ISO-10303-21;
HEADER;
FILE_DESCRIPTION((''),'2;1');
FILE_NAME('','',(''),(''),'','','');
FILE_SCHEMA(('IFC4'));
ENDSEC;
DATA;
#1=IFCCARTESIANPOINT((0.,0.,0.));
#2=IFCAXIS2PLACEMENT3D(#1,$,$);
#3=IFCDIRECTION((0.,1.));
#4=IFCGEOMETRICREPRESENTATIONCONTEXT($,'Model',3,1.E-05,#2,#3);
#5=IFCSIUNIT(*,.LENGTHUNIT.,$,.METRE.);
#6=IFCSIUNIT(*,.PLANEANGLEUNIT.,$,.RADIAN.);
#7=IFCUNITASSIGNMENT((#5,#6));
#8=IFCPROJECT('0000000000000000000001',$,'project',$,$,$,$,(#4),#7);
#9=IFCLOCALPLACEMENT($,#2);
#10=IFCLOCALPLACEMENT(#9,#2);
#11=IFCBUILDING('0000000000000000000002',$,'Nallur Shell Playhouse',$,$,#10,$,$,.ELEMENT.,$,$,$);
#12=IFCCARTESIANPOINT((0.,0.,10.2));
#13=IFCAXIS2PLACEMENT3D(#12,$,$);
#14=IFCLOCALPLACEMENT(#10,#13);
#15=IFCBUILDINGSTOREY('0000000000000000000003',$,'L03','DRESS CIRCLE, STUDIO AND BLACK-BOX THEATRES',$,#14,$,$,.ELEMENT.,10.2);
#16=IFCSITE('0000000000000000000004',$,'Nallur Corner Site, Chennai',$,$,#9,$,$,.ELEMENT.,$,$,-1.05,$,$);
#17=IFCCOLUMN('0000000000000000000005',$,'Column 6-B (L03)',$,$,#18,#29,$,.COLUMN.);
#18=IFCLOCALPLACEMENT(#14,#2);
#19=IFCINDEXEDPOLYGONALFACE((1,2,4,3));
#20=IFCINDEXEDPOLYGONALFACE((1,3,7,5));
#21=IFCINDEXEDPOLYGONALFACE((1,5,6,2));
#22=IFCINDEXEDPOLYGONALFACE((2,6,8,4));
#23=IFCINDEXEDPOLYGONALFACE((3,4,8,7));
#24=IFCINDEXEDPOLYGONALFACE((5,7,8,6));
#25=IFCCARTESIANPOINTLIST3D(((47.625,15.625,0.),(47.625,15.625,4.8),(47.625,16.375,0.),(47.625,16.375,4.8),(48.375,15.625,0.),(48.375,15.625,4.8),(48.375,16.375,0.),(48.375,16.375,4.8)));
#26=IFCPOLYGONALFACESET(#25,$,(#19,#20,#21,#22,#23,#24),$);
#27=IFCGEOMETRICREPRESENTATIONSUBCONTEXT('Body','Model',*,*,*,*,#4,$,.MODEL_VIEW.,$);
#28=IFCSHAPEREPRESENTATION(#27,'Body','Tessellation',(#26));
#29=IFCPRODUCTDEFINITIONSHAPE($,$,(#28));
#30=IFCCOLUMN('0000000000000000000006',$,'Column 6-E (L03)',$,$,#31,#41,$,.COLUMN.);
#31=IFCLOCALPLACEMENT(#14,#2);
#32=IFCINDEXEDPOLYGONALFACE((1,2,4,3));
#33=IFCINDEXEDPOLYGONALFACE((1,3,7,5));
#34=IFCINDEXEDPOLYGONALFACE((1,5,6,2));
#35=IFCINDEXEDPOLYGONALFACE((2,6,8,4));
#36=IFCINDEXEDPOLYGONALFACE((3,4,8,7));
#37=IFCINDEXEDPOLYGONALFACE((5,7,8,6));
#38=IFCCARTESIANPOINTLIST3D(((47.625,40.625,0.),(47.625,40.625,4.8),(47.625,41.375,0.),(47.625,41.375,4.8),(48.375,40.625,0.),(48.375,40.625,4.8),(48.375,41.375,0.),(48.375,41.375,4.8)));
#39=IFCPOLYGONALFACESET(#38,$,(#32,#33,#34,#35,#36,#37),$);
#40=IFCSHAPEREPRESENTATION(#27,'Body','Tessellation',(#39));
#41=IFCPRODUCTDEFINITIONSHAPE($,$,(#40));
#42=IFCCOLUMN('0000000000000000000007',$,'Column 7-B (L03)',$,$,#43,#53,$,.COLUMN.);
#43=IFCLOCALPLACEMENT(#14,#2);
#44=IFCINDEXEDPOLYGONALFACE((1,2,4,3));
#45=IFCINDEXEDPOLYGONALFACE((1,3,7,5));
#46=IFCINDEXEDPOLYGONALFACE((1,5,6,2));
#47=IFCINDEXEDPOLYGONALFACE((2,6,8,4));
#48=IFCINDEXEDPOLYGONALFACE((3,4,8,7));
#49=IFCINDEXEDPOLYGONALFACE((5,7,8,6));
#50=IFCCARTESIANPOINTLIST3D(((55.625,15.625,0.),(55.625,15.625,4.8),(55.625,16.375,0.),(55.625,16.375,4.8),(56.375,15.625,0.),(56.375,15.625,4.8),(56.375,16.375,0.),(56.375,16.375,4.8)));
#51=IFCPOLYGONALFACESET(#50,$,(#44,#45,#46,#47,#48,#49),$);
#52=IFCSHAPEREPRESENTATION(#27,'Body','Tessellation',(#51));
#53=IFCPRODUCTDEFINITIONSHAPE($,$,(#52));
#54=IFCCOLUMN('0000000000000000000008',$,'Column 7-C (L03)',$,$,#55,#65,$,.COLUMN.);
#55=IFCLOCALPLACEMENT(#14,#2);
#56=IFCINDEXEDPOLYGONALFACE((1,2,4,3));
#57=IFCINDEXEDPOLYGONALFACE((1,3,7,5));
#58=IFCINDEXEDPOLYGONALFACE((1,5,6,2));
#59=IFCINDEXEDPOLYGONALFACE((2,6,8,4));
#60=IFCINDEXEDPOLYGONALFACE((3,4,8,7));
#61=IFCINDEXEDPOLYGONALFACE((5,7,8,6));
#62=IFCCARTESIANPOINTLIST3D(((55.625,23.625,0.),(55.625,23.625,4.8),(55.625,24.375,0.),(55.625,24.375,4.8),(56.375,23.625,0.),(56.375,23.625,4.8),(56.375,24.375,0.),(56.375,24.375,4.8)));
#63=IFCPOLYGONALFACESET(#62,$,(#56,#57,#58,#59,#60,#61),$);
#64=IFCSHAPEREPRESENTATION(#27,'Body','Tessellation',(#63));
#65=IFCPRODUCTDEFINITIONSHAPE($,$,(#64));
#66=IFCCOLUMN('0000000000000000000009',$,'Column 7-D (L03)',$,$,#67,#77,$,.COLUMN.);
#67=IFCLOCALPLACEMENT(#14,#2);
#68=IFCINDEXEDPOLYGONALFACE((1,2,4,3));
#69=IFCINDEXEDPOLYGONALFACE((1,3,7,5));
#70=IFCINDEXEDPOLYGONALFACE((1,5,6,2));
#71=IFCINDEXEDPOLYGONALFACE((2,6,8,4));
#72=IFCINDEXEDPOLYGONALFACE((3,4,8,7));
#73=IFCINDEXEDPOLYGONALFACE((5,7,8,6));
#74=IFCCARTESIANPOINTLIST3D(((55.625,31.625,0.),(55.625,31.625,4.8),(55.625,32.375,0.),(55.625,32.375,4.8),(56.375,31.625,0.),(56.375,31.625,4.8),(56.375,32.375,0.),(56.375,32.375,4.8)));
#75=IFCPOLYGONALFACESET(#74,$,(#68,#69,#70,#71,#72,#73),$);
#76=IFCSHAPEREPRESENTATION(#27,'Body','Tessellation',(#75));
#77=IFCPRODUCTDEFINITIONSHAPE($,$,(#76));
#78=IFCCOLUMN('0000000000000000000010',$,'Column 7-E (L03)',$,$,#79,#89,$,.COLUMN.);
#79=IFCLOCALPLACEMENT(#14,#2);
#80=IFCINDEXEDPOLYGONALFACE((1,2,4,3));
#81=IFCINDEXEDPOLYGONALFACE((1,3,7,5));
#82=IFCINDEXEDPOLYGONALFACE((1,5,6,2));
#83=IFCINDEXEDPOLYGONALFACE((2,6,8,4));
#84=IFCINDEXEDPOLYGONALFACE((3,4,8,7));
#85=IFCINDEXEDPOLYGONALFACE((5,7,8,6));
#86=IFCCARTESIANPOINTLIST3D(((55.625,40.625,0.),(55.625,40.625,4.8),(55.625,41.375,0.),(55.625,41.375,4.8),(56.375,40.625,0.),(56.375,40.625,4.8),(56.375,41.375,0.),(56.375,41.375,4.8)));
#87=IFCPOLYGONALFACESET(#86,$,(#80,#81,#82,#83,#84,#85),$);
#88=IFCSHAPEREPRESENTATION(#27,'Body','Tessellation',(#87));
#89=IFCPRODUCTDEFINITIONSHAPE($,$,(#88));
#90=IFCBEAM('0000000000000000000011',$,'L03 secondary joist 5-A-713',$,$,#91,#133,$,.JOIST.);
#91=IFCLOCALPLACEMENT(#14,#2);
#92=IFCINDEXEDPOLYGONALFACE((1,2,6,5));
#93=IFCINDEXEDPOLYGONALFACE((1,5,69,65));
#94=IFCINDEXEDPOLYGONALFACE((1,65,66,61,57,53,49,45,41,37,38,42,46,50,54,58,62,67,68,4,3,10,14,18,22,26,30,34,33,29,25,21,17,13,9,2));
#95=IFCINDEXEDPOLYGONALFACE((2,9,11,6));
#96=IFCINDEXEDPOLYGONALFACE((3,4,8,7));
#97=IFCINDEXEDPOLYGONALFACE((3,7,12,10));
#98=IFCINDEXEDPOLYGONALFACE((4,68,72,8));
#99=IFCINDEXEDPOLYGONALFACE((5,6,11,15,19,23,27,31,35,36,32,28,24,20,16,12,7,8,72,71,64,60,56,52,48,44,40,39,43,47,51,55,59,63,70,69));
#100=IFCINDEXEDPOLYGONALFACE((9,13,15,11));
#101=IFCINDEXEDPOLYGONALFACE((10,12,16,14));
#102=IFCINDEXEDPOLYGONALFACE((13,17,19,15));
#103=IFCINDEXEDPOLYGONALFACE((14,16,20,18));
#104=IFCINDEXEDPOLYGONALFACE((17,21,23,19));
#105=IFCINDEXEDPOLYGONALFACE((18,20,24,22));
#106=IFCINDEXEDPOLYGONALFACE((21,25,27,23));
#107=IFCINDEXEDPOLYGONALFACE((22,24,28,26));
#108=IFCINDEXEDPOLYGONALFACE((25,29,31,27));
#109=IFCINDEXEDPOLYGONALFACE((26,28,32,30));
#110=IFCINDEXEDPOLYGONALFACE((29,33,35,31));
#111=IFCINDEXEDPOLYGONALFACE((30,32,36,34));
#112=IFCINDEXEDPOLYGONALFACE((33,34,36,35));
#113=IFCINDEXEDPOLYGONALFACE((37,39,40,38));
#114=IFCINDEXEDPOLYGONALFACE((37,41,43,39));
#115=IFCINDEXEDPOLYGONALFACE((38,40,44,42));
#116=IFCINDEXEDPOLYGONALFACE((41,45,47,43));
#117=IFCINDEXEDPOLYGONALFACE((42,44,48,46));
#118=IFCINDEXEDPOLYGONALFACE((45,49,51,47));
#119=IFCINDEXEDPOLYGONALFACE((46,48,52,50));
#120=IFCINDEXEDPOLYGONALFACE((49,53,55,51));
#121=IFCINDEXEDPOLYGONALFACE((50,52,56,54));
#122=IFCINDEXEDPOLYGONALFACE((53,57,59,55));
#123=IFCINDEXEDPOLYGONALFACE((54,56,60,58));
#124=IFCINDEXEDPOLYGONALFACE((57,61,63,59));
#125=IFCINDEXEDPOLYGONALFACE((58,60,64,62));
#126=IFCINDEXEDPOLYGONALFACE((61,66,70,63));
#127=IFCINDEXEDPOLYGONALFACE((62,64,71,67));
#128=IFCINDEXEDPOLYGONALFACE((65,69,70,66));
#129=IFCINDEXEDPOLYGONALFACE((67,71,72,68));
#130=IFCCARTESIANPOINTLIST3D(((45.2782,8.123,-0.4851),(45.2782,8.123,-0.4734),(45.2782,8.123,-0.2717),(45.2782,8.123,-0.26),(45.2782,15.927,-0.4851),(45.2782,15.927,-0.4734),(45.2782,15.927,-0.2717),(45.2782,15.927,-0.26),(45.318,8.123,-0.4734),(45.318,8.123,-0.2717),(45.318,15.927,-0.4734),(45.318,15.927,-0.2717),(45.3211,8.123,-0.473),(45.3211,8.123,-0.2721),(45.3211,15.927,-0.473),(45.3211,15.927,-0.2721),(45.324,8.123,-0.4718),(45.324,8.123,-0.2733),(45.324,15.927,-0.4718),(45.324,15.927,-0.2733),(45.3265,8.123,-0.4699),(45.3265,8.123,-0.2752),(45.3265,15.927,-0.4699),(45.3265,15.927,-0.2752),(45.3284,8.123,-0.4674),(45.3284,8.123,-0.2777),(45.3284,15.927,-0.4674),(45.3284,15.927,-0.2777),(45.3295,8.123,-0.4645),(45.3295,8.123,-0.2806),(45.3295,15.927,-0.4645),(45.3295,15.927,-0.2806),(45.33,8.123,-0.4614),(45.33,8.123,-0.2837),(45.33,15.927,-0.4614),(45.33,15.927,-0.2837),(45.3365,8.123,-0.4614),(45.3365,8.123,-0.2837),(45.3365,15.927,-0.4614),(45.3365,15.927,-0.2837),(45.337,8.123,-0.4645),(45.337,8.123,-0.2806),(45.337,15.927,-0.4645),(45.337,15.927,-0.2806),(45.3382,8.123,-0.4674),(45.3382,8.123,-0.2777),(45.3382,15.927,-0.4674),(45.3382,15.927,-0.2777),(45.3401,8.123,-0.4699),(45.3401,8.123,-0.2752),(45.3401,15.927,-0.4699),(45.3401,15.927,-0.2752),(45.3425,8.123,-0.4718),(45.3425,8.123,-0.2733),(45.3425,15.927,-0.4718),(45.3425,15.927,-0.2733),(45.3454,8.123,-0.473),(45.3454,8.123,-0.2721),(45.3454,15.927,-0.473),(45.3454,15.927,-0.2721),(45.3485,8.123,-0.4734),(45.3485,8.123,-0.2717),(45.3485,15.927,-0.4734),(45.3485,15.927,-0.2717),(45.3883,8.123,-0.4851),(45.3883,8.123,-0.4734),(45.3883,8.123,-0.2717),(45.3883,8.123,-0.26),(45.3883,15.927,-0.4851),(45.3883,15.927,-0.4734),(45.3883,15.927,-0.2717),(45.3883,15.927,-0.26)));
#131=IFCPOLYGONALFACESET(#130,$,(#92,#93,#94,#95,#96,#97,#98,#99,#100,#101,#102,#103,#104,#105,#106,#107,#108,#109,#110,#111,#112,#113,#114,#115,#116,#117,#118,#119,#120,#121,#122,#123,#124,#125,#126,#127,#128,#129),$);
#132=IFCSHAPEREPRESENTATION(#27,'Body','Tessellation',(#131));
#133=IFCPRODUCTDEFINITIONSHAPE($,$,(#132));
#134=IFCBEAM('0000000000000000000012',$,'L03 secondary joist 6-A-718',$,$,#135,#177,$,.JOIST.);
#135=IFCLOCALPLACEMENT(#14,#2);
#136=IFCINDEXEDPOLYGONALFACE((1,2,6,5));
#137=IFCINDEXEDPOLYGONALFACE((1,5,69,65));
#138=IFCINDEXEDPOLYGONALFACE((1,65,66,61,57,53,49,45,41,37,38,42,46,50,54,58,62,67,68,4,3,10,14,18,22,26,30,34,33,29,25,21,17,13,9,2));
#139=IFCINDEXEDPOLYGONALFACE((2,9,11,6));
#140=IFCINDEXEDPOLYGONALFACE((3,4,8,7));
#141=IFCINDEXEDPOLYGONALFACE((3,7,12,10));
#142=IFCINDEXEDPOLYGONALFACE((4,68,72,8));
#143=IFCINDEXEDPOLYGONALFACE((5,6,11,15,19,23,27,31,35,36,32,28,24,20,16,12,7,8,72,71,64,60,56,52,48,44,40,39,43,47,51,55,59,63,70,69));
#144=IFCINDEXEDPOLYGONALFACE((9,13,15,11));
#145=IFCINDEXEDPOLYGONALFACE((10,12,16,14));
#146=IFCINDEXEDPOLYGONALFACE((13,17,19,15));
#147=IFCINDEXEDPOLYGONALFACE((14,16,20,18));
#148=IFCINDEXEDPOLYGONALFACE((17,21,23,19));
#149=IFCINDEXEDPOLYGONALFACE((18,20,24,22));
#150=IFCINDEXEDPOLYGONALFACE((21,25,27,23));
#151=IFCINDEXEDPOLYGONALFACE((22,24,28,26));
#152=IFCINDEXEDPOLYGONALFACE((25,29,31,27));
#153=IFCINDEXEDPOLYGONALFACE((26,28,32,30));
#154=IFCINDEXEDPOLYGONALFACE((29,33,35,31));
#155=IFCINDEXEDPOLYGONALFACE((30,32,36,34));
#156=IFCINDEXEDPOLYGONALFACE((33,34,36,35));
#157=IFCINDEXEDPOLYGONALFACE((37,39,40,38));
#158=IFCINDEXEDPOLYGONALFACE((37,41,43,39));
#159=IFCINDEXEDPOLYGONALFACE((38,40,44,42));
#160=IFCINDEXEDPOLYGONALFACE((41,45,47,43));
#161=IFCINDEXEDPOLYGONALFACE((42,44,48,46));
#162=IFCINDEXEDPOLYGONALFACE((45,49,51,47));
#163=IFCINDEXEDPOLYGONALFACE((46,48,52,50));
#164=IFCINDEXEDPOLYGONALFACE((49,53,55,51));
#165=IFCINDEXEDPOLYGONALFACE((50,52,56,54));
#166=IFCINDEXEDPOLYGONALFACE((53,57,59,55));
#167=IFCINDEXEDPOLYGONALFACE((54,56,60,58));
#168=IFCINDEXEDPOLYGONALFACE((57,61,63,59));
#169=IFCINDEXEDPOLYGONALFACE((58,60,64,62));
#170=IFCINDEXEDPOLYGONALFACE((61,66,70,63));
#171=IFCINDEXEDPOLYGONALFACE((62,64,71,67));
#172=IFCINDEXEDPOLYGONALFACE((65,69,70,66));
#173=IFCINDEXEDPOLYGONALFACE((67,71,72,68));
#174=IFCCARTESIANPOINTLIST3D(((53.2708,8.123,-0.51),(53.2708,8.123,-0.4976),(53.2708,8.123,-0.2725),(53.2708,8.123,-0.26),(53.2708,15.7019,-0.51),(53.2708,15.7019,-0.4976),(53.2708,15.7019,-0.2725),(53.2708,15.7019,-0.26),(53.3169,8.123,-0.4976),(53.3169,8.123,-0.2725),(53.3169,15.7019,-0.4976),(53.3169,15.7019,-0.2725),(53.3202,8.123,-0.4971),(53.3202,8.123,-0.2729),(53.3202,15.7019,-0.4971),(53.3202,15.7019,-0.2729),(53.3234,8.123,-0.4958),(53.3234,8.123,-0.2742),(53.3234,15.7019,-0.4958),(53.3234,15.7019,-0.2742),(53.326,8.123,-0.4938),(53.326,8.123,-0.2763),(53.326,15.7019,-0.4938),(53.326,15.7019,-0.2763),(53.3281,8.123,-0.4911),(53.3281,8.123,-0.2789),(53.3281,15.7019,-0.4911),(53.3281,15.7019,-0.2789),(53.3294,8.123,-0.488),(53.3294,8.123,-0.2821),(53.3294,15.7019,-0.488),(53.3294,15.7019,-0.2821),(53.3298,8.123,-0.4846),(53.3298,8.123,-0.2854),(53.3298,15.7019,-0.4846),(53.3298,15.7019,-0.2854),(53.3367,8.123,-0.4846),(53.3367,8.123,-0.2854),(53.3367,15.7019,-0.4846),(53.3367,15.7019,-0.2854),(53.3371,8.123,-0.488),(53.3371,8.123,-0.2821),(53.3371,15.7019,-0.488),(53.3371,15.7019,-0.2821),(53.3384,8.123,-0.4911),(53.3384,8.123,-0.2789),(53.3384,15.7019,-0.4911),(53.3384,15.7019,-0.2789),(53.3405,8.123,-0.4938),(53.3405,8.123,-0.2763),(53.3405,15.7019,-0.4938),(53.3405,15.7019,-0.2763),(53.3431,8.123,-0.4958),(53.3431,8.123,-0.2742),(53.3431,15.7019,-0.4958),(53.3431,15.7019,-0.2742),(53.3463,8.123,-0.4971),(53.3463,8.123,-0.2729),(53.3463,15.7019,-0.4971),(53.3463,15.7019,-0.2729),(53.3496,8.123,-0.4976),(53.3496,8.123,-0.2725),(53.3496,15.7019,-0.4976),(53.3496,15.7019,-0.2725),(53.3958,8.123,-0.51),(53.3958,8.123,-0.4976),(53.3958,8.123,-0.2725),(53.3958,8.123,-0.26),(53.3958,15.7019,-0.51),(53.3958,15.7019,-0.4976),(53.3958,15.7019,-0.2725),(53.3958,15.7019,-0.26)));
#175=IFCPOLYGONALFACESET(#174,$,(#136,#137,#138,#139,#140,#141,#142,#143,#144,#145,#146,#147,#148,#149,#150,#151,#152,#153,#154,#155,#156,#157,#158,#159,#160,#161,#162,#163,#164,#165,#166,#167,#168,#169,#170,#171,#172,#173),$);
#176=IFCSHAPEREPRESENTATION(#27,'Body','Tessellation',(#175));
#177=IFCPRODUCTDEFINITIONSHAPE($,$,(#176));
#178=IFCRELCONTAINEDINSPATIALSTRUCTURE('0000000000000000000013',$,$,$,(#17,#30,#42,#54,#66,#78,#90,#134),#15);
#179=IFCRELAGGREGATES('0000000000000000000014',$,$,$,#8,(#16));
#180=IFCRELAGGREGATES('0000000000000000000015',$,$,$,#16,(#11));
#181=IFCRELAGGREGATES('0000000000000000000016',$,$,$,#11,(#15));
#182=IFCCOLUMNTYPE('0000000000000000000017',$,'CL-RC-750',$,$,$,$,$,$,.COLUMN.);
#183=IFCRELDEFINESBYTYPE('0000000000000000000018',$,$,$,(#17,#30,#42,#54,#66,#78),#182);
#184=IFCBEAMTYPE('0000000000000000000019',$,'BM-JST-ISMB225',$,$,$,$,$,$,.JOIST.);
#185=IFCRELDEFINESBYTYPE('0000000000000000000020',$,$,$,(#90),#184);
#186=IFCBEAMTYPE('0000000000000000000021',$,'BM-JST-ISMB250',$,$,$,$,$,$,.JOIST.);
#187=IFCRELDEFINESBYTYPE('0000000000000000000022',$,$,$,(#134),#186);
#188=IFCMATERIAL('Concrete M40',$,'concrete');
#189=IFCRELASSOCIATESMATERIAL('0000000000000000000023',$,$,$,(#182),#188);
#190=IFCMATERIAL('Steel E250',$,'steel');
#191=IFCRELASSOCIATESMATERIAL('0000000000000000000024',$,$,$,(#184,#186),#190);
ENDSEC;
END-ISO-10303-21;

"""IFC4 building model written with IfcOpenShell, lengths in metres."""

from ifc_helpers import new_model, si_unit, direction, frame, origin, origin_2d, place, context, subcontext, project, spatial, rectangle, i_section, extrude, material, material_profile, profile_set, type_object, element, save


model = new_model("IFC4")

# Units and contexts
model_context = context("Model", 3, precision=1e-05, world=origin(), true_north=direction((0.0, 1.0)))
body_context = subcontext(model_context, "Body", "Model", "MODEL_VIEW")
ifc_project = project(units=[si_unit("LENGTHUNIT", "METRE"), si_unit("PLANEANGLEUNIT", "RADIAN")], contexts=[model_context])

# Site, building, storey
site_placement = place(None, origin())
site = spatial("IfcSite", under=ifc_project, at=site_placement, Name="Nallur Corner Site, Chennai", CompositionType="ELEMENT", RefElevation=-1.05)
building_placement = place(site_placement, origin())
building = spatial("IfcBuilding", under=site, at=building_placement, Name="Nallur Shell Playhouse", CompositionType="ELEMENT")
storey_placement = place(building_placement, frame((0.0, 0.0, 10.2)))
storey = spatial("IfcBuildingStorey", under=building, at=storey_placement, Name="L03", Description="DRESS CIRCLE, STUDIO AND BLACK-BOX THEATRES", CompositionType="ELEMENT", Elevation=10.2)

# Columns
ifc_material_1 = material(Name="Concrete M40", Category="concrete")
ifc_material_profile_1 = material_profile(ifc_material_1, rectangle(XDim=0.75, YDim=0.75, at=origin_2d()), Name="RC 750x750")
ifc_profile_set_1 = profile_set([ifc_material_profile_1], Name="Concrete M40")
column_type = type_object("IfcColumnType", Name="CL-RC-750", PredefinedType="COLUMN", material=ifc_profile_set_1)
for number, where, z_axis, x_axis, name in (
    (1, (48.0, 16.0, 0.0), (0.0, 0.0, 1.0), (1.0, 0.0, 0.0), "Column 6-B (L03)"),
    (2, (48.0, 41.0, 0.0), (0.0, 0.0, 1.0), (1.0, 0.0, 0.0), "Column 6-E (L03)"),
    (3, (56.0, 16.0, 0.0), (0.0, 0.0, 1.0), (1.0, 0.0, 0.0), "Column 7-B (L03)"),
    (4, (56.0, 24.0, 0.0), (0.0, 0.0, 1.0), (1.0, 0.0, 0.0), "Column 7-C (L03)"),
    (5, (56.0, 32.0, 0.0), (0.0, 0.0, 1.0), (1.0, 0.0, 0.0), "Column 7-D (L03)"),
    (6, (56.0, 41.0, 0.0), (0.0, 0.0, 1.0), (1.0, 0.0, 0.0), "Column 7-E (L03)"),
):
    element("IfcColumn", number, at=place(storey_placement, frame(where, z_axis=z_axis, x_axis=x_axis)), inside=storey, type_object=column_type, Name=name, PredefinedType="COLUMN", context=body_context, shape_type="SweptSolid", body=[
        extrude(rectangle(XDim=0.75, YDim=0.75, at=origin_2d()), origin(), (0.0, 0.0, 1.0), 4.8),
    ])

# Beams
ifc_material_2 = material(Name="Steel E250", Category="steel")
ifc_material_profile_2 = material_profile(ifc_material_2, i_section(OverallWidth=0.1101, OverallDepth=0.2251, WebThickness=0.0066, FlangeThickness=0.0117, FilletRadius=0.012, at=origin_2d()), Name="ISMB 225")
ifc_profile_set_2 = profile_set([ifc_material_profile_2], Name="Steel E250")
beam_type_1 = type_object("IfcBeamType", Name="BM-JST-ISMB225", PredefinedType="JOIST", material=ifc_profile_set_2)
beam_1_placement = place(storey_placement, frame((45.3333, 8.123, -0.3726), z_axis=(0.0, 1.0, 0.0), x_axis=(-1.0, 0.0, 0.0)))
element("IfcBeam", 7, at=beam_1_placement, inside=storey, type_object=beam_type_1, Name="L03 secondary joist 5-A-713", PredefinedType="JOIST", context=body_context, shape_type="SweptSolid", body=[
    extrude(i_section(OverallWidth=0.1101, OverallDepth=0.2251, WebThickness=0.0066, FlangeThickness=0.0117, FilletRadius=0.012, at=origin_2d()), origin(), (0.0, 0.0, 1.0), 7.804),
])
ifc_material_profile_3 = material_profile(ifc_material_2, i_section(OverallWidth=0.125, OverallDepth=0.25, WebThickness=0.0068, FlangeThickness=0.0125, FilletRadius=0.0129, at=origin_2d()), Name="ISMB 250")
ifc_profile_set_3 = profile_set([ifc_material_profile_3], Name="Steel E250")
beam_type_2 = type_object("IfcBeamType", Name="BM-JST-ISMB250", PredefinedType="JOIST", material=ifc_profile_set_3)
beam_2_placement = place(storey_placement, frame((53.3333, 8.123, -0.385), z_axis=(0.0, 1.0, 0.0), x_axis=(-1.0, 0.0, 0.0)))
element("IfcBeam", 8, at=beam_2_placement, inside=storey, type_object=beam_type_2, Name="L03 secondary joist 6-A-718", PredefinedType="JOIST", context=body_context, shape_type="SweptSolid", body=[
    extrude(i_section(OverallWidth=0.125, OverallDepth=0.25, WebThickness=0.0068, FlangeThickness=0.0125, FilletRadius=0.0129, at=origin_2d()), origin(), (0.0, 0.0, 1.0), 7.5789),
])

save(model, "model.ifc")
